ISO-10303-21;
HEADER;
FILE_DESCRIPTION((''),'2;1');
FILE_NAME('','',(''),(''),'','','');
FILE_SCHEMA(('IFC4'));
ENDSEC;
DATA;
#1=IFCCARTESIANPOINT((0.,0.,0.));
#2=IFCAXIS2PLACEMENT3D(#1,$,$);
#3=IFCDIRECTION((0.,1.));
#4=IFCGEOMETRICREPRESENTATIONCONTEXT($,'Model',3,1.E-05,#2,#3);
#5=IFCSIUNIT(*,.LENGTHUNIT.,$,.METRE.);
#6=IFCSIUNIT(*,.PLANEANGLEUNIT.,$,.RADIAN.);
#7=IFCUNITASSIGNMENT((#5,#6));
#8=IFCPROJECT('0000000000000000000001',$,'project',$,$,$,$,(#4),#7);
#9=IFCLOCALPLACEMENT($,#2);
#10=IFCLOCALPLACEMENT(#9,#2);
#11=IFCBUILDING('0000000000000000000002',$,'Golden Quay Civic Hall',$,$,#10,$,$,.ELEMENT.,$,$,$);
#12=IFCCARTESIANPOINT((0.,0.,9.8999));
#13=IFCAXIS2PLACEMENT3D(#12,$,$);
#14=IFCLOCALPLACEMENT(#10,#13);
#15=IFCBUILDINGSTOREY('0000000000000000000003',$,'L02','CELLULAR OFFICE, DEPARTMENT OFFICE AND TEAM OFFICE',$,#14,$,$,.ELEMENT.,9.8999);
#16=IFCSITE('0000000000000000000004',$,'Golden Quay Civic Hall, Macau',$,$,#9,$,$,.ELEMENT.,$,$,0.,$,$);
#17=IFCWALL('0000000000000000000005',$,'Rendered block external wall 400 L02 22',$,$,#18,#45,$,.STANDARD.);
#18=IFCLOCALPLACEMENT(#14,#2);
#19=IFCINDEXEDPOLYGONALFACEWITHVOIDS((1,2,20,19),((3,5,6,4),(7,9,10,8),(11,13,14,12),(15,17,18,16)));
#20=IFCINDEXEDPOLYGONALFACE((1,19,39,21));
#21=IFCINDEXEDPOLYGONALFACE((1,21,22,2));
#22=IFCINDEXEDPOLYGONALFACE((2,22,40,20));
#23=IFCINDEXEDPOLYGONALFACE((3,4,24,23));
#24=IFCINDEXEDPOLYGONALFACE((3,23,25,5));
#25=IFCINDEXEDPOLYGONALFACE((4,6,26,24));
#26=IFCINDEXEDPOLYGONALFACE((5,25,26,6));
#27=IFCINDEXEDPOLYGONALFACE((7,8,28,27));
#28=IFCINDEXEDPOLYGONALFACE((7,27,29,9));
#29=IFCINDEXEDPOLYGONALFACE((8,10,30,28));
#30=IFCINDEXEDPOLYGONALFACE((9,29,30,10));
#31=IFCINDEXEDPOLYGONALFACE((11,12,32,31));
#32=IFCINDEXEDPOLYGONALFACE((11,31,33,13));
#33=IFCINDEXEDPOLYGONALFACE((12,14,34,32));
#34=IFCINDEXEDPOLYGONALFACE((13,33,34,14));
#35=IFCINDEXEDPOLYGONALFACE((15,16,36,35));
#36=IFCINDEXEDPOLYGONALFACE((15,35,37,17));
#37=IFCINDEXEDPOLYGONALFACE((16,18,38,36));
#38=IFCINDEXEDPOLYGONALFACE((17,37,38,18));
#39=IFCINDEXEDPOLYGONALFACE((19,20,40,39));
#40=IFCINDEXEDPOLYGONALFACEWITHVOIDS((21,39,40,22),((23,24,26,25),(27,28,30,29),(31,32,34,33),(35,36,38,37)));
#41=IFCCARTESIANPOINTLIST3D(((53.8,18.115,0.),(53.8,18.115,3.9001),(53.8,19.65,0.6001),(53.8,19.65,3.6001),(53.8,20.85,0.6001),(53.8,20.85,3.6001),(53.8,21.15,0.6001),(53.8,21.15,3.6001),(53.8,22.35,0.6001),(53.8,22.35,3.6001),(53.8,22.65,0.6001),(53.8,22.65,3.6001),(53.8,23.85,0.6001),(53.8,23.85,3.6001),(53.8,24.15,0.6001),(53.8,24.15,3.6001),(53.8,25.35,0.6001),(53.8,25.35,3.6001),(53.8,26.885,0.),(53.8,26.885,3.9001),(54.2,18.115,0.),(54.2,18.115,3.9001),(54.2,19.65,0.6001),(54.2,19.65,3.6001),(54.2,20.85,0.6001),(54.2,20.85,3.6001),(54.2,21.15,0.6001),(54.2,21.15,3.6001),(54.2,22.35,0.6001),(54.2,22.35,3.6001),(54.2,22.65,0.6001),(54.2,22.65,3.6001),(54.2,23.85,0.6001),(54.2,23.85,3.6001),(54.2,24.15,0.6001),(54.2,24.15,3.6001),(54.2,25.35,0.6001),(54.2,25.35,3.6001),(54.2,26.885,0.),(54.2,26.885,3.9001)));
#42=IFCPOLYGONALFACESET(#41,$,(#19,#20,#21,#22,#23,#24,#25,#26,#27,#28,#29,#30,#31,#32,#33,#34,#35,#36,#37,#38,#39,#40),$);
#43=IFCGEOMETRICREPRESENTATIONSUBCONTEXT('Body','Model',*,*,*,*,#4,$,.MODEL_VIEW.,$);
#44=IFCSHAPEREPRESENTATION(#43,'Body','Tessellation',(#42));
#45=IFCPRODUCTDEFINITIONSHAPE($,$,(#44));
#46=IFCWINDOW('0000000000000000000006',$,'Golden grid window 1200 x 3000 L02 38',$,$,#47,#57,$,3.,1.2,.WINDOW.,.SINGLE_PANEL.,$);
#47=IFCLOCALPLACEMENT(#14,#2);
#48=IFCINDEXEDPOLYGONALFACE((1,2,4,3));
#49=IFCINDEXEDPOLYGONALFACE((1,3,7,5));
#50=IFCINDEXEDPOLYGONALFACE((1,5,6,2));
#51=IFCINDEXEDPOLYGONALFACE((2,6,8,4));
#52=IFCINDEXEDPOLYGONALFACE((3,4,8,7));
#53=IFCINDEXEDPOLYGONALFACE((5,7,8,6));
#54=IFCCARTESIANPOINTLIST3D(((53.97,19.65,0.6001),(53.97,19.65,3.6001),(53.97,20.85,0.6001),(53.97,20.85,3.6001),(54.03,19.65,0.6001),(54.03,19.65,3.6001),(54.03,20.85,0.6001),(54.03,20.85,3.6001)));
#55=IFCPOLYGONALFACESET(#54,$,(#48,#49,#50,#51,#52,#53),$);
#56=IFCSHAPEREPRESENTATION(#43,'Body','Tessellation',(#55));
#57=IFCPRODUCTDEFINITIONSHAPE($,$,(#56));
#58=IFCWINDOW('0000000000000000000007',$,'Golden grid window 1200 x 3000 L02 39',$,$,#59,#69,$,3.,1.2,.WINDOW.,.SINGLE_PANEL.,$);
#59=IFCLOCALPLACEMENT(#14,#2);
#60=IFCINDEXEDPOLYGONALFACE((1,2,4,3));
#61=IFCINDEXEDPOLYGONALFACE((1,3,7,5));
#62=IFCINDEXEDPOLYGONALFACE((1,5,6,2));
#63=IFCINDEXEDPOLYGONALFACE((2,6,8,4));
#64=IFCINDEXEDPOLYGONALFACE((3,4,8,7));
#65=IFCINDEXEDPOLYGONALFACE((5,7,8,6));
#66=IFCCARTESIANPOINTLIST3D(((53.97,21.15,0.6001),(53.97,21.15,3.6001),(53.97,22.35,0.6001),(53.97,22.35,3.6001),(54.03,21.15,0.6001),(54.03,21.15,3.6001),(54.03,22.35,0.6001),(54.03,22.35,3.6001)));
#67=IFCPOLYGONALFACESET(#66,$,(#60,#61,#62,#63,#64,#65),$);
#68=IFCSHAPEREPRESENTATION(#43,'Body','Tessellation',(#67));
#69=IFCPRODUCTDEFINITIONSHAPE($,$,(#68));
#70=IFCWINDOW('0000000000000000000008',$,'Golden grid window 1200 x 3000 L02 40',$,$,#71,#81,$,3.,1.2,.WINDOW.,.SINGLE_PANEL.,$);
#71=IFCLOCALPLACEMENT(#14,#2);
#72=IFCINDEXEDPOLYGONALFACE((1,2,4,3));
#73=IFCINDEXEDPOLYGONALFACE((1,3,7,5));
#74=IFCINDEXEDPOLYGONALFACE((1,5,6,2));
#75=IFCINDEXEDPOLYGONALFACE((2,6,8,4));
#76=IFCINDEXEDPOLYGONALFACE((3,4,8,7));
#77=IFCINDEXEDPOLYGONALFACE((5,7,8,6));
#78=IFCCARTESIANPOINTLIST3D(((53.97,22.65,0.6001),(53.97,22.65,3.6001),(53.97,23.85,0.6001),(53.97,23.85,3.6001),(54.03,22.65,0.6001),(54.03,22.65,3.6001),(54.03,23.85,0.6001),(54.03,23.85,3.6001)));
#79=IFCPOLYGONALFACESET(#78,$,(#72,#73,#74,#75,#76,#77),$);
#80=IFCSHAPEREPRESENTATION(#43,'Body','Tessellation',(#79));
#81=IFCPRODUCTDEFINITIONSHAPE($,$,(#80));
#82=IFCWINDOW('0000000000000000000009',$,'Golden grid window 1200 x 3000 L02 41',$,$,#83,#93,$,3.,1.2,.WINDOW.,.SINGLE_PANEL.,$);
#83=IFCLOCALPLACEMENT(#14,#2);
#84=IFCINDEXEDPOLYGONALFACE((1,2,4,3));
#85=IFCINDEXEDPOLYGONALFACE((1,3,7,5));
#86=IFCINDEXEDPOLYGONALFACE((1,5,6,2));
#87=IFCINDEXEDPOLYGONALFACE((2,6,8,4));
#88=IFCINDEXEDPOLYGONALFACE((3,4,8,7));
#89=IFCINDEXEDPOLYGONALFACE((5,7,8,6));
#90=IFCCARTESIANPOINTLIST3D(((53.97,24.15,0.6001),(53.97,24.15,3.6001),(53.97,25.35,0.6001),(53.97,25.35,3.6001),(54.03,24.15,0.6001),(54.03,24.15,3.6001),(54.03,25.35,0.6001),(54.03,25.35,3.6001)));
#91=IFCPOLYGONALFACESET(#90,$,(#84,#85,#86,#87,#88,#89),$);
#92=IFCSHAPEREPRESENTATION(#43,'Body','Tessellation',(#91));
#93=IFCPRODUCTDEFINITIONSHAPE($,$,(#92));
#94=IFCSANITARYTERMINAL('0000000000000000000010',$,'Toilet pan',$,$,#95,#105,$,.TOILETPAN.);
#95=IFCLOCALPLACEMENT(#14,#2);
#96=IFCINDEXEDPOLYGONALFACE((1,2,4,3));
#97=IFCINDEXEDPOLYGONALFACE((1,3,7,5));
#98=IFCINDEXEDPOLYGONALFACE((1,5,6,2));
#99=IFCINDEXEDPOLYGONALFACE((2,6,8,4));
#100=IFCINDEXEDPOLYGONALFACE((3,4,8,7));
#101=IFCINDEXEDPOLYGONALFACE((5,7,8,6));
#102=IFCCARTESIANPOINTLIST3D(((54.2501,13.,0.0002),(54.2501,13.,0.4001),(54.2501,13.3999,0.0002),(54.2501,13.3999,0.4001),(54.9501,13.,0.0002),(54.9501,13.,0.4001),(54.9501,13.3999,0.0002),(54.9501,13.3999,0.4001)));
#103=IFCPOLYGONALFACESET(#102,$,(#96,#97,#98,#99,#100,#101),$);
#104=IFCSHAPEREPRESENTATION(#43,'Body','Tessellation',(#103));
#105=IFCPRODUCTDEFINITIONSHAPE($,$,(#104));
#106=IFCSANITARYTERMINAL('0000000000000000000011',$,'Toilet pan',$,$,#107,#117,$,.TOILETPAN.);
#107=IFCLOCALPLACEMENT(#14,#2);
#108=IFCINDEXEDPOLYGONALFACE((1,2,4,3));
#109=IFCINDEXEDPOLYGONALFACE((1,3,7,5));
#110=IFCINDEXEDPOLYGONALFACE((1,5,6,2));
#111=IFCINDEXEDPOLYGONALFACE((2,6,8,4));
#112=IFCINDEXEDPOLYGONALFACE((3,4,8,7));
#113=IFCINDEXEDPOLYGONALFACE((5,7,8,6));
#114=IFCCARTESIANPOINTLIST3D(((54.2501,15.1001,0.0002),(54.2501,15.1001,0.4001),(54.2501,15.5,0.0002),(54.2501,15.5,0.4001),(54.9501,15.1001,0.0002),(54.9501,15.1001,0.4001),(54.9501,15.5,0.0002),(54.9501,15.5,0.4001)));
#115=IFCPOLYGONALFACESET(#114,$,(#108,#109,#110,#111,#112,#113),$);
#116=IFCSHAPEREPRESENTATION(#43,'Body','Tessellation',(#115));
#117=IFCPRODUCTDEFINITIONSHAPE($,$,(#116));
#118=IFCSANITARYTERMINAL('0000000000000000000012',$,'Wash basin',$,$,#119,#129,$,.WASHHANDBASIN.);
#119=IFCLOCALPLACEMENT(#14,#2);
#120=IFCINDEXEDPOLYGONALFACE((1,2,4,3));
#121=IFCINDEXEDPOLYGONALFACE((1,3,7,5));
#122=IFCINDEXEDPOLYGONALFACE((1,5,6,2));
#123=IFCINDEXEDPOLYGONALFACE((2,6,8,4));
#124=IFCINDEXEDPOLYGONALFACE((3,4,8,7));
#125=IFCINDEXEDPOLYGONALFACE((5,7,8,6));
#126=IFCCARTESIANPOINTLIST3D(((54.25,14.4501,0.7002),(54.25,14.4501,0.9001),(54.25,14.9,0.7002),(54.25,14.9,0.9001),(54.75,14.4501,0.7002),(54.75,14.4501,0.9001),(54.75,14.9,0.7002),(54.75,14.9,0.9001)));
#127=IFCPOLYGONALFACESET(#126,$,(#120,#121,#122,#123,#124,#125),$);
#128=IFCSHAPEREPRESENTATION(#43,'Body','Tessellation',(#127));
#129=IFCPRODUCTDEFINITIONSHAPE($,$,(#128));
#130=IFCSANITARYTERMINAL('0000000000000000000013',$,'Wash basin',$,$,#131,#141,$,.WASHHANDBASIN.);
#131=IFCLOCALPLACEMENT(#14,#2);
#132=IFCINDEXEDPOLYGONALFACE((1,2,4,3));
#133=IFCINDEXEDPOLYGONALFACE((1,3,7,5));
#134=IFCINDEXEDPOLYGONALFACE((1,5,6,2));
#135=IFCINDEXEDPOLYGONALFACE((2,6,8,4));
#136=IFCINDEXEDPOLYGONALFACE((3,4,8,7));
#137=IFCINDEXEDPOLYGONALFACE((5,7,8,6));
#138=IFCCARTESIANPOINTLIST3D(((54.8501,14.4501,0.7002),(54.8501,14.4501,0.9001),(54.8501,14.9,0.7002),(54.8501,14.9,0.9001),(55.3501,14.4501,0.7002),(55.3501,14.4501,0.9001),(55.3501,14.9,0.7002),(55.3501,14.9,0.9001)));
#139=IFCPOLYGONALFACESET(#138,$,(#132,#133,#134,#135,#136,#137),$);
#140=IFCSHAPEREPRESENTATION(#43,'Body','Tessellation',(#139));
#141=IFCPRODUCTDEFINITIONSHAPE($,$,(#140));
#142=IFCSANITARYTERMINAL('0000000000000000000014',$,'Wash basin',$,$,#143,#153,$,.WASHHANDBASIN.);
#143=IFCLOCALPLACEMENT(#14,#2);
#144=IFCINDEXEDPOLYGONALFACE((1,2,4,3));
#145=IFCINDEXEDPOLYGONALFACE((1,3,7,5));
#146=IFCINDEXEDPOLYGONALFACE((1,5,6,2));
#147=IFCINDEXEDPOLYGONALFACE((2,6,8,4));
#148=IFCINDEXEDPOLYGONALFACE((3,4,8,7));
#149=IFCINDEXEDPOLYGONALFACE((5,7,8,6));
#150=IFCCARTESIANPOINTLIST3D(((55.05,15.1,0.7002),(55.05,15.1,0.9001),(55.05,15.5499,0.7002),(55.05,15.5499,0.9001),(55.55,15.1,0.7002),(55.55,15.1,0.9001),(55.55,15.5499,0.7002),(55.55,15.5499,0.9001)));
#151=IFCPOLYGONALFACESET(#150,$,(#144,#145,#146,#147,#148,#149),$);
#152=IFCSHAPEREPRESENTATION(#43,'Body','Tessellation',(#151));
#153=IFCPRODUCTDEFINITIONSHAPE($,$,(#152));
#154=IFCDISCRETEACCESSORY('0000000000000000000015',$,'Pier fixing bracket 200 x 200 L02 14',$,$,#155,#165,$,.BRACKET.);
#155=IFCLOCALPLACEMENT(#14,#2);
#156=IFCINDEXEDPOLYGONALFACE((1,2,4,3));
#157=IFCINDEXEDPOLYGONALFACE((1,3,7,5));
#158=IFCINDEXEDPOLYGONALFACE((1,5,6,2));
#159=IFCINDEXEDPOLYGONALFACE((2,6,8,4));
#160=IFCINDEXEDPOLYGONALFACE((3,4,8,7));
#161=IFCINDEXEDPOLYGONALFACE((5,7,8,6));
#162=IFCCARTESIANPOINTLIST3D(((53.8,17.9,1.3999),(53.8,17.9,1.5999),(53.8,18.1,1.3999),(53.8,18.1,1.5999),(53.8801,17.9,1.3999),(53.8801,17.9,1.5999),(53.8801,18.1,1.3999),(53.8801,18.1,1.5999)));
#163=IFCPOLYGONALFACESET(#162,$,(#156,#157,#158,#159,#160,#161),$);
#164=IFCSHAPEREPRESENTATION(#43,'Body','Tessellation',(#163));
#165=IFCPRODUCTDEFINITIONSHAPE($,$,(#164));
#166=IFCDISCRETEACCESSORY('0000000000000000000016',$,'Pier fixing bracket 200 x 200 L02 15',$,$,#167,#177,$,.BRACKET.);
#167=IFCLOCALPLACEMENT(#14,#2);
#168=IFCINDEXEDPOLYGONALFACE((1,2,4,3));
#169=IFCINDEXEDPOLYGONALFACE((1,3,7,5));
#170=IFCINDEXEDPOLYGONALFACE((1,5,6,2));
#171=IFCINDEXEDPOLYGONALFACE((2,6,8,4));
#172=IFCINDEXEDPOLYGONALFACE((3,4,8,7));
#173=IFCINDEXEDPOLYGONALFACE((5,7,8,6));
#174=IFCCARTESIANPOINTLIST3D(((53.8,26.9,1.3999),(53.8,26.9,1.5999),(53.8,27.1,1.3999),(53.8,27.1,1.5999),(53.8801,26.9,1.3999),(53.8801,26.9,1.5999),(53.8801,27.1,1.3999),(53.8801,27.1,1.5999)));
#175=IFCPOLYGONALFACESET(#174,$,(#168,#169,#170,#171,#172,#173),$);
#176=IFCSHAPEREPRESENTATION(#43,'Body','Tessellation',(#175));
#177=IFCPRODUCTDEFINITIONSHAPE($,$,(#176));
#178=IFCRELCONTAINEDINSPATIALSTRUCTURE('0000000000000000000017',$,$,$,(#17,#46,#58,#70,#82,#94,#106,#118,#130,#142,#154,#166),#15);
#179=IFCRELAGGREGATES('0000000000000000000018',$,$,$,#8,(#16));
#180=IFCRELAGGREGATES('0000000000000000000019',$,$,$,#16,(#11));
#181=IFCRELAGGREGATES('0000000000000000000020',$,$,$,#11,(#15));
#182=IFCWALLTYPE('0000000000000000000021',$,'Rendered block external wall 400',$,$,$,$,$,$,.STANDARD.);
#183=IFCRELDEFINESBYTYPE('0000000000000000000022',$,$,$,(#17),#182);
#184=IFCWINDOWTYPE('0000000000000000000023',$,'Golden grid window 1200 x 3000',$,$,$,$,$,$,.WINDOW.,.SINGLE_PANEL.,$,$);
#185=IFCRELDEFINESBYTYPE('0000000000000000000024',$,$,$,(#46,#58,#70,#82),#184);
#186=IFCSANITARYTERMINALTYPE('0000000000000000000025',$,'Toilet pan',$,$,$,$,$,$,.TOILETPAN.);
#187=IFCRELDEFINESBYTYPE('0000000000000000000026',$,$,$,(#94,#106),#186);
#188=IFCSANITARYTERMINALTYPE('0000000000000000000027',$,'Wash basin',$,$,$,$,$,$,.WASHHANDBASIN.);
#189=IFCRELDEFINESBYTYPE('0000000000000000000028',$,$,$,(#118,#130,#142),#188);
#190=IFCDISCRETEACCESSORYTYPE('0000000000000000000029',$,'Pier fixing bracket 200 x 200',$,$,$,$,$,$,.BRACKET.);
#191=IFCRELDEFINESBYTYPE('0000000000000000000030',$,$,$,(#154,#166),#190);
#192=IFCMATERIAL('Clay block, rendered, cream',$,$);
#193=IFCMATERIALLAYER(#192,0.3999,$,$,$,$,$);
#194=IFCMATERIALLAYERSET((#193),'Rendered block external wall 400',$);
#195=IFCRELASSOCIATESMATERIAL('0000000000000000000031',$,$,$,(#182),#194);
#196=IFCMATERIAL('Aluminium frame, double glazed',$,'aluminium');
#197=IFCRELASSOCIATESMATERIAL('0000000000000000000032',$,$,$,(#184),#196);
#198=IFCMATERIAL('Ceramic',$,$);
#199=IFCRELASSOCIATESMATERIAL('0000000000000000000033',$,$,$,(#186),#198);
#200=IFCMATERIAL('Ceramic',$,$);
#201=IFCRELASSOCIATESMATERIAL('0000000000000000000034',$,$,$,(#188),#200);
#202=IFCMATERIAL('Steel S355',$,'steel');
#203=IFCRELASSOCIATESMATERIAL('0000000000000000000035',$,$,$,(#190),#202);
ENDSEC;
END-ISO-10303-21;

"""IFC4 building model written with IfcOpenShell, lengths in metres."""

from ifc_helpers import new_model, si_unit, direction, frame, frame_2d, origin, origin_2d, place, context, subcontext, project, spatial, rectangle, extrude, material, layer, layer_set, type_object, element, fill, save


model = new_model("IFC4")

# Units and contexts
model_context = context("Model", 3, precision=1e-05, world=origin(), true_north=direction((0.0, 1.0)))
body_context = subcontext(model_context, "Body", "Model", "MODEL_VIEW")
ifc_project = project(units=[si_unit("LENGTHUNIT", "METRE"), si_unit("PLANEANGLEUNIT", "RADIAN")], contexts=[model_context])

# Site, building, storey
site_placement = place(None, origin())
site = spatial("IfcSite", under=ifc_project, at=site_placement, Name="Golden Quay Civic Hall, Macau", CompositionType="ELEMENT", RefElevation=0.0)
building_placement = place(site_placement, origin())
building = spatial("IfcBuilding", under=site, at=building_placement, Name="Golden Quay Civic Hall", CompositionType="ELEMENT")
storey_placement = place(building_placement, frame((0.0, 0.0, 9.8999)))
storey = spatial("IfcBuildingStorey", under=building, at=storey_placement, Name="L02", Description="CELLULAR OFFICE, DEPARTMENT OFFICE AND TEAM OFFICE", CompositionType="ELEMENT", Elevation=9.8999)

# Wall, openings, windows
ifc_material_1 = material(Name="Clay block, rendered, cream")
ifc_layer_1 = layer(ifc_material_1, 0.3999)
ifc_layer_set_1 = layer_set([ifc_layer_1], Name="Rendered block external wall 400")
wall_type_1 = type_object("IfcWallType", Name="Rendered block external wall 400", PredefinedType="STANDARD", material=ifc_layer_set_1)
wall_1_placement = place(storey_placement, frame((54.0, 18.115, 0.0), z_axis=(0.0, 0.0, 1.0), x_axis=(0.0, 1.0, 0.0)))
wall_1 = element("IfcWall", 1, at=wall_1_placement, inside=storey, type_object=wall_type_1, Name="Rendered block external wall 400 L02 22", PredefinedType="STANDARD", context=body_context, shape_type="SweptSolid", body=[
    extrude(rectangle(XDim=8.77, YDim=0.3999, at=frame_2d((4.385, 0.0))), origin(), (0.0, 0.0, 1.0), 3.9001),
])
opening_1_placement = place(wall_1_placement, frame((1.5349, 0.0, 0.6001)))
opening_1 = element("IfcOpeningElement", 2, at=opening_1_placement, cuts=wall_1, PredefinedType="OPENING", context=body_context, shape_type="SweptSolid", body=[
    extrude(rectangle(XDim=1.2, YDim=3.0, at=frame_2d((0.6001, 1.5))), frame((0.0, 0.21, 0.0), z_axis=(0.0, -1.0, 0.0), x_axis=(1.0, 0.0, 0.0)), (0.0, 0.0, 1.0), 0.4199),
])
opening_2_placement = place(wall_1_placement, frame((3.0349, 0.0, 0.6001)))
opening_2 = element("IfcOpeningElement", 3, at=opening_2_placement, cuts=wall_1, PredefinedType="OPENING", context=body_context, shape_type="SweptSolid", body=[
    extrude(rectangle(XDim=1.2, YDim=3.0, at=frame_2d((0.6001, 1.5))), frame((0.0, 0.21, 0.0), z_axis=(0.0, -1.0, 0.0), x_axis=(1.0, 0.0, 0.0)), (0.0, 0.0, 1.0), 0.4199),
])
opening_3_placement = place(wall_1_placement, frame((4.5349, 0.0, 0.6001)))
opening_3 = element("IfcOpeningElement", 4, at=opening_3_placement, cuts=wall_1, PredefinedType="OPENING", context=body_context, shape_type="SweptSolid", body=[
    extrude(rectangle(XDim=1.2, YDim=3.0, at=frame_2d((0.6001, 1.5))), frame((0.0, 0.21, 0.0), z_axis=(0.0, -1.0, 0.0), x_axis=(1.0, 0.0, 0.0)), (0.0, 0.0, 1.0), 0.4199),
])
opening_4_placement = place(wall_1_placement, frame((6.0349, 0.0, 0.6001)))
opening_4 = element("IfcOpeningElement", 5, at=opening_4_placement, cuts=wall_1, PredefinedType="OPENING", context=body_context, shape_type="SweptSolid", body=[
    extrude(rectangle(XDim=1.2, YDim=3.0, at=frame_2d((0.6001, 1.5))), frame((0.0, 0.21, 0.0), z_axis=(0.0, -1.0, 0.0), x_axis=(1.0, 0.0, 0.0)), (0.0, 0.0, 1.0), 0.4199),
])
ifc_material_2 = material(Name="Aluminium frame, double glazed", Category="aluminium")
window_type = type_object("IfcWindowType", Name="Golden grid window 1200 x 3000", PartitioningType="SINGLE_PANEL", PredefinedType="WINDOW", material=ifc_material_2)
window_1_placement = place(opening_1_placement, origin())
window_1 = element("IfcWindow", 6, at=window_1_placement, inside=storey, type_object=window_type, Name="Golden grid window 1200 x 3000 L02 38", OverallHeight=3.0, OverallWidth=1.2, PartitioningType="SINGLE_PANEL", PredefinedType="WINDOW", context=body_context, shape_type="SweptSolid", body=[
    extrude(rectangle(XDim=1.2, YDim=3.0, at=frame_2d((0.6001, 1.5))), frame((0.0, 0.03, 0.0), z_axis=(0.0, -1.0, 0.0), x_axis=(1.0, 0.0, 0.0)), (0.0, 0.0, 1.0), 0.0601),
])
fill(opening_1, window_1)
window_2_placement = place(opening_2_placement, origin())
window_2 = element("IfcWindow", 7, at=window_2_placement, inside=storey, type_object=window_type, Name="Golden grid window 1200 x 3000 L02 39", OverallHeight=3.0, OverallWidth=1.2, PartitioningType="SINGLE_PANEL", PredefinedType="WINDOW", context=body_context, shape_type="SweptSolid", body=[
    extrude(rectangle(XDim=1.2, YDim=3.0, at=frame_2d((0.6001, 1.5))), frame((0.0, 0.03, 0.0), z_axis=(0.0, -1.0, 0.0), x_axis=(1.0, 0.0, 0.0)), (0.0, 0.0, 1.0), 0.0601),
])
fill(opening_2, window_2)
window_3_placement = place(opening_3_placement, origin())
window_3 = element("IfcWindow", 8, at=window_3_placement, inside=storey, type_object=window_type, Name="Golden grid window 1200 x 3000 L02 40", OverallHeight=3.0, OverallWidth=1.2, PartitioningType="SINGLE_PANEL", PredefinedType="WINDOW", context=body_context, shape_type="SweptSolid", body=[
    extrude(rectangle(XDim=1.2, YDim=3.0, at=frame_2d((0.6001, 1.5))), frame((0.0, 0.03, 0.0), z_axis=(0.0, -1.0, 0.0), x_axis=(1.0, 0.0, 0.0)), (0.0, 0.0, 1.0), 0.0601),
])
fill(opening_3, window_3)
window_4_placement = place(opening_4_placement, origin())
window_4 = element("IfcWindow", 9, at=window_4_placement, inside=storey, type_object=window_type, Name="Golden grid window 1200 x 3000 L02 41", OverallHeight=3.0, OverallWidth=1.2, PartitioningType="SINGLE_PANEL", PredefinedType="WINDOW", context=body_context, shape_type="SweptSolid", body=[
    extrude(rectangle(XDim=1.2, YDim=3.0, at=frame_2d((0.6001, 1.5))), frame((0.0, 0.03, 0.0), z_axis=(0.0, -1.0, 0.0), x_axis=(1.0, 0.0, 0.0)), (0.0, 0.0, 1.0), 0.0601),
])
fill(opening_4, window_4)

# Sanitary terminals
ifc_material_3 = material(Name="Ceramic")
sanitary_terminal_type_1 = type_object("IfcSanitaryTerminalType", Name="Toilet pan", PredefinedType="TOILETPAN", material=ifc_material_3)
for number, where, z_axis, x_axis, name in (
    (10, (54.6001, 13.2, 0.0002), (0.0, 0.0, 1.0), (0.0, 1.0, 0.0), "Toilet pan"),
    (11, (54.6001, 15.3, 0.0002), (0.0, 0.0, 1.0), (0.0, 1.0, 0.0), "Toilet pan"),
):
    element("IfcSanitaryTerminal", number, at=place(storey_placement, frame(where, z_axis=z_axis, x_axis=x_axis)), inside=storey, type_object=sanitary_terminal_type_1, Name=name, PredefinedType="TOILETPAN", context=body_context, shape_type="SweptSolid", body=[
        extrude(rectangle(XDim=0.3999, YDim=0.7, at=origin_2d()), origin(), (0.0, 0.0, 1.0), 0.3999),
    ])
ifc_material_4 = material(Name="Ceramic")
sanitary_terminal_type_2 = type_object("IfcSanitaryTerminalType", Name="Wash basin", PredefinedType="WASHHANDBASIN", material=ifc_material_4)
for number, where, z_axis, x_axis, name in (
    (12, (54.5, 14.675, 0.7002), (0.0, 0.0, 1.0), (1.0, 0.0, 0.0), "Wash basin"),
    (13, (55.1001, 14.675, 0.7002), (0.0, 0.0, 1.0), (1.0, 0.0, 0.0), "Wash basin"),
    (14, (55.3, 15.325, 0.7002), (0.0, 0.0, 1.0), (1.0, 0.0, 0.0), "Wash basin"),
):
    element("IfcSanitaryTerminal", number, at=place(storey_placement, frame(where, z_axis=z_axis, x_axis=x_axis)), inside=storey, type_object=sanitary_terminal_type_2, Name=name, PredefinedType="WASHHANDBASIN", context=body_context, shape_type="SweptSolid", body=[
        extrude(rectangle(XDim=0.5, YDim=0.45, at=origin_2d()), origin(), (0.0, 0.0, 1.0), 0.2),
    ])

# Discrete accessories
ifc_material_5 = material(Name="Steel S355", Category="steel")
discrete_accessory_type = type_object("IfcDiscreteAccessoryType", Name="Pier fixing bracket 200 x 200", PredefinedType="BRACKET", material=ifc_material_5)
for number, where, z_axis, x_axis, name in (
    (15, (53.8401, 18.0, 1.3999), (0.0, 0.0, 1.0), (0.0, -1.0, 0.0), "Pier fixing bracket 200 x 200 L02 14"),
    (16, (53.8401, 27.0, 1.3999), (0.0, 0.0, 1.0), (0.0, -1.0, 0.0), "Pier fixing bracket 200 x 200 L02 15"),
):
    element("IfcDiscreteAccessory", number, at=place(storey_placement, frame(where, z_axis=z_axis, x_axis=x_axis)), inside=storey, type_object=discrete_accessory_type, Name=name, PredefinedType="BRACKET", context=body_context, shape_type="SweptSolid", body=[
        extrude(rectangle(XDim=0.2, YDim=0.0801, at=origin_2d()), origin(), (0.0, 0.0, 1.0), 0.2),
    ])

save(model, "model.ifc")
